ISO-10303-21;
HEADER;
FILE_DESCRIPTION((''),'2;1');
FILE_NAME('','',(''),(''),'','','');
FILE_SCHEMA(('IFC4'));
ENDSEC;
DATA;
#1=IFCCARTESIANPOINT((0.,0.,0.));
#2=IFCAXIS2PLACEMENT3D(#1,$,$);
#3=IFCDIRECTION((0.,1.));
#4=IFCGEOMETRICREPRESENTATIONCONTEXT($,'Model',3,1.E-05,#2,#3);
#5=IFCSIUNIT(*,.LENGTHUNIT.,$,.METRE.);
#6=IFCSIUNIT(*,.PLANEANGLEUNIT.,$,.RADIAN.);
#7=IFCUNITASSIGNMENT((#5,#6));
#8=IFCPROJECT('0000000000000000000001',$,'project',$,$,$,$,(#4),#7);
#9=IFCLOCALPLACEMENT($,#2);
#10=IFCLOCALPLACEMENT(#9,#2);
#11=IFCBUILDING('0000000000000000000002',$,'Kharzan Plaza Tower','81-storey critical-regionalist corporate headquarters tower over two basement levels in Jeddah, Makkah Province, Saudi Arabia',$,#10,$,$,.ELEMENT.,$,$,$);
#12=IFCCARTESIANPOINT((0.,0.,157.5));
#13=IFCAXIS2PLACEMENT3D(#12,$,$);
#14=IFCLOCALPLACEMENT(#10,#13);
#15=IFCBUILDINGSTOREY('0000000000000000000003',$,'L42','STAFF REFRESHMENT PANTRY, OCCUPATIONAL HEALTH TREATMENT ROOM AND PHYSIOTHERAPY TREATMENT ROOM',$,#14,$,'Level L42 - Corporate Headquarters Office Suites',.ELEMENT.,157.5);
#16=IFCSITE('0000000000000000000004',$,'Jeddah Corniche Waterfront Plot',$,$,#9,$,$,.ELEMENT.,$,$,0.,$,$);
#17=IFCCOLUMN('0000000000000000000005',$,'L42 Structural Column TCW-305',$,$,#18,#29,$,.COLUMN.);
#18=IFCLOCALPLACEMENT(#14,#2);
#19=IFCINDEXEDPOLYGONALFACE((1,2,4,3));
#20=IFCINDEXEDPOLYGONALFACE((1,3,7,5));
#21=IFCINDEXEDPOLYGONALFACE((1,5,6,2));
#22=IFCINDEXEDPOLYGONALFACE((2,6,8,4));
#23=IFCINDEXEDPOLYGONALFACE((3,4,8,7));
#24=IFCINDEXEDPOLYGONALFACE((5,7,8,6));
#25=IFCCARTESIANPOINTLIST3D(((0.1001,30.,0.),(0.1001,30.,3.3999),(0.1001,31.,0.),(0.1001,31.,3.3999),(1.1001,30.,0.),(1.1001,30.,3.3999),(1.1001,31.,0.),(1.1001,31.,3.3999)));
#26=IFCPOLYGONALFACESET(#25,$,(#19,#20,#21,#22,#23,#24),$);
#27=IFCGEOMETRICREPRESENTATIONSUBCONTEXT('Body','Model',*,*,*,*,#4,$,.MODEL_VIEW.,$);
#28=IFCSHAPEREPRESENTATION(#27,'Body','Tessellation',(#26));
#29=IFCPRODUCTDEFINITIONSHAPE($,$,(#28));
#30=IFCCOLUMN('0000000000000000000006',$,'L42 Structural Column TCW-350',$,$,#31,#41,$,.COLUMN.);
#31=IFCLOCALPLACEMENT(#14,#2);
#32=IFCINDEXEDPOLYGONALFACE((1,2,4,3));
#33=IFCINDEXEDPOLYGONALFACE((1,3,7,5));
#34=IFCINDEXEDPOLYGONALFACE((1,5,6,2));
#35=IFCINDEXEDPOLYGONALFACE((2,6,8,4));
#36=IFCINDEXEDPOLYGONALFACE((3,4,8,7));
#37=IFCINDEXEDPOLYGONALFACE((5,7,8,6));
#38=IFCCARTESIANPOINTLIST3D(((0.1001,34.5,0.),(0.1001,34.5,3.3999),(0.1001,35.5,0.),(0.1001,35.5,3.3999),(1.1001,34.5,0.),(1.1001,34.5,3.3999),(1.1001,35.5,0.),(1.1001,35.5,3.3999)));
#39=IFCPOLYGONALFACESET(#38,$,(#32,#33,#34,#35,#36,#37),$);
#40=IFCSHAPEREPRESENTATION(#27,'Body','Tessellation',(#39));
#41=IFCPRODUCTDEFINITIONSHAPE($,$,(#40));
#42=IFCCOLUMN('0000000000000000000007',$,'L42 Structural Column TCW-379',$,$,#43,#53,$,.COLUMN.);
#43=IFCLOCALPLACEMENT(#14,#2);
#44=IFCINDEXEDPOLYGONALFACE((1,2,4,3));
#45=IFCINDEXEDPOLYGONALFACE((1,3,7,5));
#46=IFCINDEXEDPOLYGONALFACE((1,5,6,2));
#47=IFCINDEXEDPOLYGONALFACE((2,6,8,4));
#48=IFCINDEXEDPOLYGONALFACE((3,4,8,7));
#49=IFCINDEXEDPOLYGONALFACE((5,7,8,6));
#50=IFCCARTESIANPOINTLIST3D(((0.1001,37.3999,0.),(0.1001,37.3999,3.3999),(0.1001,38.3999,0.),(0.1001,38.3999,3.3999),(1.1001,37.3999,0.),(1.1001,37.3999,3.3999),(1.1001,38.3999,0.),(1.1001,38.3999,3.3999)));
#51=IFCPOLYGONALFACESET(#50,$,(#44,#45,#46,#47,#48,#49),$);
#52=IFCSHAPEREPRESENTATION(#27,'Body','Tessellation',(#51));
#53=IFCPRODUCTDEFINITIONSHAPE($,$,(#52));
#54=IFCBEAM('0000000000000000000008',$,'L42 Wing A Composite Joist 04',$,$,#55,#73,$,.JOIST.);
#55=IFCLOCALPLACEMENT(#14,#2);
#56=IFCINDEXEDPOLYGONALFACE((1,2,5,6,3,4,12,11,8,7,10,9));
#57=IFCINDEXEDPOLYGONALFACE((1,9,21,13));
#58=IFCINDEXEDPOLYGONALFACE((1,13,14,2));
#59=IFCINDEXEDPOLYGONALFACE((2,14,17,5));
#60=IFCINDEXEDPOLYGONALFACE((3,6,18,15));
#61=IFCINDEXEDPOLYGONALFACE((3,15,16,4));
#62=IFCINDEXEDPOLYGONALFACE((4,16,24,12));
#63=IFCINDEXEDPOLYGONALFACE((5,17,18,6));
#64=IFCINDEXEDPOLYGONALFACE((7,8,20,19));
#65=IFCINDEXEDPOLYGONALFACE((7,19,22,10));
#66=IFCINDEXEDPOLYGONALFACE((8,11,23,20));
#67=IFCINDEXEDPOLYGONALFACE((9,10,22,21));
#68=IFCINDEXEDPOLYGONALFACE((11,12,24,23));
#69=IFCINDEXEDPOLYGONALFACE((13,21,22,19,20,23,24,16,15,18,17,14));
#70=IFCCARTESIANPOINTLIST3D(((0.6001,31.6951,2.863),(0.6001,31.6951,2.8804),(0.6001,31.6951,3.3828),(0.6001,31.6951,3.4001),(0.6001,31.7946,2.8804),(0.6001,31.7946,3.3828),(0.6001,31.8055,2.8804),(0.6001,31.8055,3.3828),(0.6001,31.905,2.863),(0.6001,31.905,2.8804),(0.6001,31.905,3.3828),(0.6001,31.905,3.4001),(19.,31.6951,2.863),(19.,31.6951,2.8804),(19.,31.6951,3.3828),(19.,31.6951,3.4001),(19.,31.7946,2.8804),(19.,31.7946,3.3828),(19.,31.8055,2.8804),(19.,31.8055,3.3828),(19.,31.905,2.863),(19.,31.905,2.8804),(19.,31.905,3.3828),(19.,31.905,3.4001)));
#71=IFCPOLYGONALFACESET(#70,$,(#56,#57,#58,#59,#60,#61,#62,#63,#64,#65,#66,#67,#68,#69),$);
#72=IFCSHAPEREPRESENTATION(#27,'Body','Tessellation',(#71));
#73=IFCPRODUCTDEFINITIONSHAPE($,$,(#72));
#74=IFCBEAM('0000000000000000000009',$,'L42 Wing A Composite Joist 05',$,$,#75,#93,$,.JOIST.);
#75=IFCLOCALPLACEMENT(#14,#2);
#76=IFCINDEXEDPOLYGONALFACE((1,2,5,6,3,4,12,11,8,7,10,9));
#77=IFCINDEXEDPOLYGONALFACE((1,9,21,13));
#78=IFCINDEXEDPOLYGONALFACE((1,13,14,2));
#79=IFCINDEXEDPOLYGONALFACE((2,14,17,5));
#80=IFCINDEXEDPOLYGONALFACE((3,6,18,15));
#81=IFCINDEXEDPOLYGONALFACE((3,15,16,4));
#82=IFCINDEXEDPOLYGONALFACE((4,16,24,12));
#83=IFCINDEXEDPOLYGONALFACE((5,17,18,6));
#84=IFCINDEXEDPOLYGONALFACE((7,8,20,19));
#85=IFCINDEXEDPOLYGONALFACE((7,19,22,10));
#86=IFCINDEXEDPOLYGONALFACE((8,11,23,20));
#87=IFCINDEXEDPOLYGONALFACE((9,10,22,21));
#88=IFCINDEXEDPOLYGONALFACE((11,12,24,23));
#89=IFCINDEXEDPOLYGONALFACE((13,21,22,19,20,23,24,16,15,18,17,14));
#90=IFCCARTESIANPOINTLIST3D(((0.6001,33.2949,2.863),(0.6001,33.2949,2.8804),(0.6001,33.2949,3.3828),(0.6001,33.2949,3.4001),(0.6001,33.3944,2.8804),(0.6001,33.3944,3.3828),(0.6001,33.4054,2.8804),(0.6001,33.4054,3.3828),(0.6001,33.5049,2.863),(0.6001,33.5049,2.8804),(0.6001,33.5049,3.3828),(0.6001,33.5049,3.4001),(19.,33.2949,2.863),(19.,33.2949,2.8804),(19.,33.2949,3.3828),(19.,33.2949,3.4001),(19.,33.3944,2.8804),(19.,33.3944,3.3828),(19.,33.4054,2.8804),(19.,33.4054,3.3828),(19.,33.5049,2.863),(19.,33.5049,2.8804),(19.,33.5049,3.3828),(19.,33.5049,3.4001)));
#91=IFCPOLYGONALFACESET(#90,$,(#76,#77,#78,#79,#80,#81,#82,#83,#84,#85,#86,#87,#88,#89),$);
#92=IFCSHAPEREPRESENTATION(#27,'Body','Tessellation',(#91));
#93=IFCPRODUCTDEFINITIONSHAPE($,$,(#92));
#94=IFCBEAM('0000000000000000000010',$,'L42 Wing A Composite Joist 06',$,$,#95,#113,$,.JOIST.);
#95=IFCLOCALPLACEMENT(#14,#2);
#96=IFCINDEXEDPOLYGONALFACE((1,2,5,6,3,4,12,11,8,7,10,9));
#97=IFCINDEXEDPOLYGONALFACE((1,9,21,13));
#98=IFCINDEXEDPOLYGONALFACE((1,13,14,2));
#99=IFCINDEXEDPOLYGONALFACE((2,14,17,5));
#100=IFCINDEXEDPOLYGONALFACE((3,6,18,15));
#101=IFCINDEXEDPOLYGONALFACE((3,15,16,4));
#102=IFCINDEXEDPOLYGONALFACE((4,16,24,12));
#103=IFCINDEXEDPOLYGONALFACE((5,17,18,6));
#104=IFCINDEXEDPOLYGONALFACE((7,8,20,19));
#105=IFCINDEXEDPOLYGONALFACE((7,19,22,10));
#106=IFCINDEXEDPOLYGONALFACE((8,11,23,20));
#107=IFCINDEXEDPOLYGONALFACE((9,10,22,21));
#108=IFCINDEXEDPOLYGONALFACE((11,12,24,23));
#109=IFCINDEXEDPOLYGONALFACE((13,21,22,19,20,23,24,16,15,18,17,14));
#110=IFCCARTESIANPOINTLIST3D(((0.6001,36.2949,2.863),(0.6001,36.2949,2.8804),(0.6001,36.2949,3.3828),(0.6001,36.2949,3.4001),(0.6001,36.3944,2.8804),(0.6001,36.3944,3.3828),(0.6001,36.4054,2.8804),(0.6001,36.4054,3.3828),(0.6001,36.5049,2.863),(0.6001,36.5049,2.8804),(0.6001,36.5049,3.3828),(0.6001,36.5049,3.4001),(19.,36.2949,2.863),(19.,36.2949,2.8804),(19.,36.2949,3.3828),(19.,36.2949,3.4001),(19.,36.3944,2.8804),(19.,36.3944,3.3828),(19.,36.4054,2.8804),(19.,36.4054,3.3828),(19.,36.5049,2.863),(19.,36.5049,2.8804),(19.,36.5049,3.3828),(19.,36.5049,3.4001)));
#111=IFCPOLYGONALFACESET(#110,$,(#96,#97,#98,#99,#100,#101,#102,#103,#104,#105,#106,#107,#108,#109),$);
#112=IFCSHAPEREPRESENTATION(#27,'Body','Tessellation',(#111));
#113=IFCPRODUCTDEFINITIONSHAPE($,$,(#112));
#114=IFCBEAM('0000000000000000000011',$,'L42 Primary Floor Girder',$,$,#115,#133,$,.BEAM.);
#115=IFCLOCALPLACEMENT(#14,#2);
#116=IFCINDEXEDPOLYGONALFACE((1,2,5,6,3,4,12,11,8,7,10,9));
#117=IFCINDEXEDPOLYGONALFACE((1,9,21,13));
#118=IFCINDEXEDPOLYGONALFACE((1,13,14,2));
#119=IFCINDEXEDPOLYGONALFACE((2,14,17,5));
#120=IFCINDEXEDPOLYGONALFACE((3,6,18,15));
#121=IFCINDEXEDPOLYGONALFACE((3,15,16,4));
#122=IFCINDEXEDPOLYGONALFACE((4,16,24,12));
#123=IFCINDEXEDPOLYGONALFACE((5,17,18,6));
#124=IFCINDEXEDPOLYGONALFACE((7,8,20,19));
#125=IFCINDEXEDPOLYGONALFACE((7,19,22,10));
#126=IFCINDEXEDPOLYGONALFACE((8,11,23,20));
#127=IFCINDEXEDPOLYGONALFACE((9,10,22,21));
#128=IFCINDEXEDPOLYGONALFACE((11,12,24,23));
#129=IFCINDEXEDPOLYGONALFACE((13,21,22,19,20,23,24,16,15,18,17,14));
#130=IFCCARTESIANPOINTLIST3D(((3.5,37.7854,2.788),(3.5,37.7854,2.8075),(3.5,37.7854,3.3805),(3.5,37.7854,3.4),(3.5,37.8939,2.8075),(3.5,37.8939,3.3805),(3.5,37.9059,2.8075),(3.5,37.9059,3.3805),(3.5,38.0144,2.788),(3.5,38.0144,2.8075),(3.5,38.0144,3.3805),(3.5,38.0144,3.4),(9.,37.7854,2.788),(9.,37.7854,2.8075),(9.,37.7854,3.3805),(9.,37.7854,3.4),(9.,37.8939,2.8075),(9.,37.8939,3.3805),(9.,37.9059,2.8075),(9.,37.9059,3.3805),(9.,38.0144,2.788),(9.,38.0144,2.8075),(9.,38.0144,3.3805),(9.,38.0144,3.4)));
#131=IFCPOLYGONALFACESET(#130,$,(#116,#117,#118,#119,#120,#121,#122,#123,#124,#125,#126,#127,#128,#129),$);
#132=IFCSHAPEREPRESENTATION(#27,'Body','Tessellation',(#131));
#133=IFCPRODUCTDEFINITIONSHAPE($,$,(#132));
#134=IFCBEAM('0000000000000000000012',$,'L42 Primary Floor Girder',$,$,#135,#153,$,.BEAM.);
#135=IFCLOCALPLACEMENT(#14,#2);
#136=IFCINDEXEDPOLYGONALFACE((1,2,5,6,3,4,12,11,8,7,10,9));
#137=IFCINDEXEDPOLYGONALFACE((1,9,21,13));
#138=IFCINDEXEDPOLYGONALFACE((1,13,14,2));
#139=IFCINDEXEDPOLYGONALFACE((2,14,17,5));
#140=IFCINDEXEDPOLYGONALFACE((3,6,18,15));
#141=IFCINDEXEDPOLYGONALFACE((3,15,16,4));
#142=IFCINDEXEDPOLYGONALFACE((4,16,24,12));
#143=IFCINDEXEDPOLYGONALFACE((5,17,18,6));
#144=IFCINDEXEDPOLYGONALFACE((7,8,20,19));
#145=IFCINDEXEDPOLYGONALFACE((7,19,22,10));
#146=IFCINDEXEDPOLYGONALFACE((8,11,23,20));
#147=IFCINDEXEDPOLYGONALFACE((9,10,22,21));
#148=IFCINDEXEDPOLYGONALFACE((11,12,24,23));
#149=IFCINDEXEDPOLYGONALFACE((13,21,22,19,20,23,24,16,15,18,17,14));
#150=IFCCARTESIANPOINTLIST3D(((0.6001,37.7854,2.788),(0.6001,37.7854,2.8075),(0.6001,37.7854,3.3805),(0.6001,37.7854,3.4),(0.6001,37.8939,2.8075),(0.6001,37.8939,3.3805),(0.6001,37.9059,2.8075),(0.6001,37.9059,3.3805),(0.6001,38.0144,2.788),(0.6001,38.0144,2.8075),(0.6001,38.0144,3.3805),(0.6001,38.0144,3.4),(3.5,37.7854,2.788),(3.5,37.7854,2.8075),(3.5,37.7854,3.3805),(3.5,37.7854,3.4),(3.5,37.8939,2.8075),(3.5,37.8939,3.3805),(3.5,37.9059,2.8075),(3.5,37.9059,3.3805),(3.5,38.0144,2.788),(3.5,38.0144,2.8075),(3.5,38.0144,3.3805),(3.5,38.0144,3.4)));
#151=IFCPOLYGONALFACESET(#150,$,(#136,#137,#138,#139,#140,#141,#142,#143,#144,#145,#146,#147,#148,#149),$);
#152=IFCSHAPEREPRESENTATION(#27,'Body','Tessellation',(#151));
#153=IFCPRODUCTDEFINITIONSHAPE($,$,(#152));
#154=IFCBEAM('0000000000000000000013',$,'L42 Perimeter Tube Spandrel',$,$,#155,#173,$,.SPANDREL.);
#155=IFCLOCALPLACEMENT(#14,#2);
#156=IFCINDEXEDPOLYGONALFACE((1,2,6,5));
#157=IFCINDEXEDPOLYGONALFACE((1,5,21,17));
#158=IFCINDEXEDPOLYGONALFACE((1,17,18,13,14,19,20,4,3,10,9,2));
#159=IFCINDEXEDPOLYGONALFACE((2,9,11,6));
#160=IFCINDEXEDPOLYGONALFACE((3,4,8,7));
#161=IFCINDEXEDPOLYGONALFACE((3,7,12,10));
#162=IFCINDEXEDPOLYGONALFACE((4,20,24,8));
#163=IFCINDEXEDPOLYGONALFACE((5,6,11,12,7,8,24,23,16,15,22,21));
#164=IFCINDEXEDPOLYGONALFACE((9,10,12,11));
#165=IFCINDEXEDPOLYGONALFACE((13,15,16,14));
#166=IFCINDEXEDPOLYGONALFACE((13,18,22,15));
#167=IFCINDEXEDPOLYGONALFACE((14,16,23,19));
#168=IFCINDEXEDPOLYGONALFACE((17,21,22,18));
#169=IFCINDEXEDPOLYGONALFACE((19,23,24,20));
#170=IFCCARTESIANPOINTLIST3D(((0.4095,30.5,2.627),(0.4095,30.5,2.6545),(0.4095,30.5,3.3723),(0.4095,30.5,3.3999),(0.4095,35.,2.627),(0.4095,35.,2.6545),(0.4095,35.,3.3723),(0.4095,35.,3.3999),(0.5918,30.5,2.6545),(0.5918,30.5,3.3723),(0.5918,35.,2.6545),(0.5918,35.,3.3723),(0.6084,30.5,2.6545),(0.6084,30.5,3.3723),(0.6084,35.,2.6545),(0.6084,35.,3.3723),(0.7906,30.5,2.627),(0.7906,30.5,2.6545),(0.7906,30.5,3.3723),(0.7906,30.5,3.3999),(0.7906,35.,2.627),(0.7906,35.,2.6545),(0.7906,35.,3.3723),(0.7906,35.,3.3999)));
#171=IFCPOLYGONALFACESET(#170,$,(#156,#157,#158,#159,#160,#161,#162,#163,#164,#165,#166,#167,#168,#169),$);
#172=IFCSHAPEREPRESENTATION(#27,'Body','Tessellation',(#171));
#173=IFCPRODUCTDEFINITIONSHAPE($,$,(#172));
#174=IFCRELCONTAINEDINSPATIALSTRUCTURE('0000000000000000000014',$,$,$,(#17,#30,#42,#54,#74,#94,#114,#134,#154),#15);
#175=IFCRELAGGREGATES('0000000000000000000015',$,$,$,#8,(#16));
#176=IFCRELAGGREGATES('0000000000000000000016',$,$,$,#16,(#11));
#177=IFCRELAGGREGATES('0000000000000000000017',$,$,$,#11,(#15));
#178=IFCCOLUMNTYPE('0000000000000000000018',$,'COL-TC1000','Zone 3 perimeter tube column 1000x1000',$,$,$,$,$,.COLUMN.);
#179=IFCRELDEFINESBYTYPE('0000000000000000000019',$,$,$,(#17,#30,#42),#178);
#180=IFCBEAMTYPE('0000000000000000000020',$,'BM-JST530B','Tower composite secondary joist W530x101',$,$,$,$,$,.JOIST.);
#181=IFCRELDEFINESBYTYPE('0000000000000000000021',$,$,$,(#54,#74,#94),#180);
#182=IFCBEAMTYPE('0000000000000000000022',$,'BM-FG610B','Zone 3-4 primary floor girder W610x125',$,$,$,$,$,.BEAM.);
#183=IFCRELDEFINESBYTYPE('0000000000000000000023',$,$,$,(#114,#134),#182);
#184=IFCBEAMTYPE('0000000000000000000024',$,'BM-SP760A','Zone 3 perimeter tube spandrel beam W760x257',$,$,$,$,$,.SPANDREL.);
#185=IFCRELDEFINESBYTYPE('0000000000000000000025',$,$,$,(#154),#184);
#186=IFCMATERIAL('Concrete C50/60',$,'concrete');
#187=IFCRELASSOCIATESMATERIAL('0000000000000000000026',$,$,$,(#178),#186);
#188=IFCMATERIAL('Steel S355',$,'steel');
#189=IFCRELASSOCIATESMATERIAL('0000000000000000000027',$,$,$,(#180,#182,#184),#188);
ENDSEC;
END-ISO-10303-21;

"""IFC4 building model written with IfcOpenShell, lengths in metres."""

from ifc_helpers import new_model, si_unit, direction, frame, origin, origin_2d, place, context, subcontext, project, spatial, rectangle, i_section, extrude, source, transform, mapped, material, material_profile, profile_set, type_object, element, save


model = new_model("IFC4")

# Units and contexts
model_context = context("Model", 3, precision=1e-05, world=origin(), true_north=direction((0.0, 1.0)))
body_context = subcontext(model_context, "Body", "Model", "MODEL_VIEW")
ifc_project = project(units=[si_unit("LENGTHUNIT", "METRE"), si_unit("PLANEANGLEUNIT", "RADIAN")], contexts=[model_context])

# Site, building, storey
site_placement = place(None, origin())
site = spatial("IfcSite", under=ifc_project, at=site_placement, Name="Jeddah Corniche Waterfront Plot", CompositionType="ELEMENT", RefElevation=0.0)
building_placement = place(site_placement, origin())
building = spatial("IfcBuilding", under=site, at=building_placement, Name="Kharzan Plaza Tower", Description="81-storey critical-regionalist corporate headquarters tower over two basement levels in Jeddah, Makkah Province, Saudi Arabia", CompositionType="ELEMENT")
storey_placement = place(building_placement, frame((0.0, 0.0, 157.5)))
storey = spatial("IfcBuildingStorey", under=building, at=storey_placement, Name="L42", Description="STAFF REFRESHMENT PANTRY, OCCUPATIONAL HEALTH TREATMENT ROOM AND PHYSIOTHERAPY TREATMENT ROOM", LongName="Level L42 - Corporate Headquarters Office Suites", CompositionType="ELEMENT", Elevation=157.5)

# Columns
ifc_material_1 = material(Name="Concrete C50/60", Category="concrete")
ifc_material_profile_1 = material_profile(ifc_material_1, rectangle(XDim=1.0, YDim=1.0, at=origin_2d()), Name="RC-TC1000x1000")
ifc_profile_set_1 = profile_set([ifc_material_profile_1], Name="Concrete C50/60")
column_type = type_object("IfcColumnType", Name="COL-TC1000", Description="Zone 3 perimeter tube column 1000x1000", PredefinedType="COLUMN", material=ifc_profile_set_1)
shared_shape_1 = source(origin(), body_context, "Body", "SweptSolid", [
    extrude(rectangle(XDim=1.0, YDim=1.0, at=origin_2d()), origin(), (0.0, 0.0, 1.0), 3.3999),
])
for number, where, z_axis, x_axis, name in (
    (1, (0.6001, 30.5, 0.0), (0.0, 0.0, 1.0), (1.0, 0.0, 0.0), "L42 Structural Column TCW-305"),
    (2, (0.6001, 35.0, 0.0), (0.0, 0.0, 1.0), (1.0, 0.0, 0.0), "L42 Structural Column TCW-350"),
    (3, (0.6001, 37.8999, 0.0), (0.0, 0.0, 1.0), (1.0, 0.0, 0.0), "L42 Structural Column TCW-379"),
):
    element("IfcColumn", number, at=place(storey_placement, frame(where, z_axis=z_axis, x_axis=x_axis)), inside=storey, type_object=column_type, Name=name, PredefinedType="COLUMN", context=body_context, shape_type="MappedRepresentation", body=[
        mapped(shared_shape_1, transform((0.0, 0.0, 0.0), x_axis=(1.0, 0.0, 0.0), y_axis=(0.0, 1.0, 0.0), z_axis=(0.0, 0.0, 1.0))),
    ])

# Beams
ifc_material_2 = material(Name="Steel S355", Category="steel")
ifc_material_profile_2 = material_profile(ifc_material_2, i_section(OverallWidth=0.21, OverallDepth=0.5371, WebThickness=0.011, FlangeThickness=0.0173, at=origin_2d()), Name="W530x101")
ifc_profile_set_2 = profile_set([ifc_material_profile_2], Name="Steel S355")
beam_type_1 = type_object("IfcBeamType", Name="BM-JST530B", Description="Tower composite secondary joist W530x101", PredefinedType="JOIST", material=ifc_profile_set_2)
shared_shape_2 = source(origin(), body_context, "Body", "SweptSolid", [
    extrude(i_section(OverallWidth=0.21, OverallDepth=0.5371, WebThickness=0.011, FlangeThickness=0.0173, at=origin_2d()), origin(), (0.0, 0.0, 1.0), 18.3999),
])
for number, where, z_axis, x_axis, name in (
    (4, (0.6001, 31.8, 3.1316), (1.0, 0.0, 0.0), (0.0, 1.0, 0.0), "L42 Wing A Composite Joist 04"),
    (5, (0.6001, 33.3999, 3.1316), (1.0, 0.0, 0.0), (0.0, 1.0, 0.0), "L42 Wing A Composite Joist 05"),
    (6, (0.6001, 36.3999, 3.1316), (1.0, 0.0, 0.0), (0.0, 1.0, 0.0), "L42 Wing A Composite Joist 06"),
):
    element("IfcBeam", number, at=place(storey_placement, frame(where, z_axis=z_axis, x_axis=x_axis)), inside=storey, type_object=beam_type_1, Name=name, PredefinedType="JOIST", context=body_context, shape_type="MappedRepresentation", body=[
        mapped(shared_shape_2, transform((0.0, 0.0, 0.0), x_axis=(1.0, 0.0, 0.0), y_axis=(0.0, 1.0, 0.0), z_axis=(0.0, 0.0, 1.0))),
    ])
ifc_material_profile_3 = material_profile(ifc_material_2, i_section(OverallWidth=0.229, OverallDepth=0.6121, WebThickness=0.012, FlangeThickness=0.0195, at=origin_2d()), Name="W610x125")
ifc_profile_set_3 = profile_set([ifc_material_profile_3], Name="Steel S355")
beam_type_2 = type_object("IfcBeamType", Name="BM-FG610B", Description="Zone 3-4 primary floor girder W610x125", PredefinedType="BEAM", material=ifc_profile_set_3)
shared_shape_3 = source(origin(), body_context, "Body", "SweptSolid", [
    extrude(i_section(OverallWidth=0.229, OverallDepth=0.6121, WebThickness=0.012, FlangeThickness=0.0195, at=origin_2d()), origin(), (0.0, 0.0, 1.0), 5.5),
])
beam_1_placement = place(storey_placement, frame((3.5, 37.8999, 3.094), z_axis=(1.0, 0.0, 0.0), x_axis=(0.0, 1.0, 0.0)))
element("IfcBeam", 7, at=beam_1_placement, inside=storey, type_object=beam_type_2, Name="L42 Primary Floor Girder", PredefinedType="BEAM", context=body_context, shape_type="MappedRepresentation", body=[
    mapped(shared_shape_3, transform((0.0, 0.0, 0.0), x_axis=(1.0, 0.0, 0.0), y_axis=(0.0, 1.0, 0.0), z_axis=(0.0, 0.0, 1.0))),
])
shared_shape_4 = source(origin(), body_context, "Body", "SweptSolid", [
    extrude(i_section(OverallWidth=0.229, OverallDepth=0.6121, WebThickness=0.012, FlangeThickness=0.0195, at=origin_2d()), origin(), (0.0, 0.0, 1.0), 2.8999),
])
beam_2_placement = place(storey_placement, frame((0.6001, 37.8999, 3.094), z_axis=(1.0, 0.0, 0.0), x_axis=(0.0, 1.0, 0.0)))
element("IfcBeam", 8, at=beam_2_placement, inside=storey, type_object=beam_type_2, Name="L42 Primary Floor Girder", PredefinedType="BEAM", context=body_context, shape_type="MappedRepresentation", body=[
    mapped(shared_shape_4, transform((0.0, 0.0, 0.0), x_axis=(1.0, 0.0, 0.0), y_axis=(0.0, 1.0, 0.0), z_axis=(0.0, 0.0, 1.0))),
])
ifc_material_profile_4 = material_profile(ifc_material_2, i_section(OverallWidth=0.3811, OverallDepth=0.7729, WebThickness=0.0166, FlangeThickness=0.0276, at=origin_2d()), Name="W760x257")
ifc_profile_set_4 = profile_set([ifc_material_profile_4], Name="Steel S355")
beam_type_3 = type_object("IfcBeamType", Name="BM-SP760A", Description="Zone 3 perimeter tube spandrel beam W760x257", PredefinedType="SPANDREL", material=ifc_profile_set_4)
shared_shape_5 = source(origin(), body_context, "Body", "SweptSolid", [
    extrude(i_section(OverallWidth=0.3811, OverallDepth=0.7729, WebThickness=0.0166, FlangeThickness=0.0276, at=origin_2d()), origin(), (0.0, 0.0, 1.0), 4.5),
])
beam_3_placement = place(storey_placement, frame((0.6001, 30.5, 3.0134), z_axis=(0.0, 1.0, 0.0), x_axis=(-1.0, 0.0, 0.0)))
element("IfcBeam", 9, at=beam_3_placement, inside=storey, type_object=beam_type_3, Name="L42 Perimeter Tube Spandrel", PredefinedType="SPANDREL", context=body_context, shape_type="MappedRepresentation", body=[
    mapped(shared_shape_5, transform((0.0, 0.0, 0.0), x_axis=(1.0, 0.0, 0.0), y_axis=(0.0, 1.0, 0.0), z_axis=(0.0, 0.0, 1.0))),
])

save(model, "model.ifc")
